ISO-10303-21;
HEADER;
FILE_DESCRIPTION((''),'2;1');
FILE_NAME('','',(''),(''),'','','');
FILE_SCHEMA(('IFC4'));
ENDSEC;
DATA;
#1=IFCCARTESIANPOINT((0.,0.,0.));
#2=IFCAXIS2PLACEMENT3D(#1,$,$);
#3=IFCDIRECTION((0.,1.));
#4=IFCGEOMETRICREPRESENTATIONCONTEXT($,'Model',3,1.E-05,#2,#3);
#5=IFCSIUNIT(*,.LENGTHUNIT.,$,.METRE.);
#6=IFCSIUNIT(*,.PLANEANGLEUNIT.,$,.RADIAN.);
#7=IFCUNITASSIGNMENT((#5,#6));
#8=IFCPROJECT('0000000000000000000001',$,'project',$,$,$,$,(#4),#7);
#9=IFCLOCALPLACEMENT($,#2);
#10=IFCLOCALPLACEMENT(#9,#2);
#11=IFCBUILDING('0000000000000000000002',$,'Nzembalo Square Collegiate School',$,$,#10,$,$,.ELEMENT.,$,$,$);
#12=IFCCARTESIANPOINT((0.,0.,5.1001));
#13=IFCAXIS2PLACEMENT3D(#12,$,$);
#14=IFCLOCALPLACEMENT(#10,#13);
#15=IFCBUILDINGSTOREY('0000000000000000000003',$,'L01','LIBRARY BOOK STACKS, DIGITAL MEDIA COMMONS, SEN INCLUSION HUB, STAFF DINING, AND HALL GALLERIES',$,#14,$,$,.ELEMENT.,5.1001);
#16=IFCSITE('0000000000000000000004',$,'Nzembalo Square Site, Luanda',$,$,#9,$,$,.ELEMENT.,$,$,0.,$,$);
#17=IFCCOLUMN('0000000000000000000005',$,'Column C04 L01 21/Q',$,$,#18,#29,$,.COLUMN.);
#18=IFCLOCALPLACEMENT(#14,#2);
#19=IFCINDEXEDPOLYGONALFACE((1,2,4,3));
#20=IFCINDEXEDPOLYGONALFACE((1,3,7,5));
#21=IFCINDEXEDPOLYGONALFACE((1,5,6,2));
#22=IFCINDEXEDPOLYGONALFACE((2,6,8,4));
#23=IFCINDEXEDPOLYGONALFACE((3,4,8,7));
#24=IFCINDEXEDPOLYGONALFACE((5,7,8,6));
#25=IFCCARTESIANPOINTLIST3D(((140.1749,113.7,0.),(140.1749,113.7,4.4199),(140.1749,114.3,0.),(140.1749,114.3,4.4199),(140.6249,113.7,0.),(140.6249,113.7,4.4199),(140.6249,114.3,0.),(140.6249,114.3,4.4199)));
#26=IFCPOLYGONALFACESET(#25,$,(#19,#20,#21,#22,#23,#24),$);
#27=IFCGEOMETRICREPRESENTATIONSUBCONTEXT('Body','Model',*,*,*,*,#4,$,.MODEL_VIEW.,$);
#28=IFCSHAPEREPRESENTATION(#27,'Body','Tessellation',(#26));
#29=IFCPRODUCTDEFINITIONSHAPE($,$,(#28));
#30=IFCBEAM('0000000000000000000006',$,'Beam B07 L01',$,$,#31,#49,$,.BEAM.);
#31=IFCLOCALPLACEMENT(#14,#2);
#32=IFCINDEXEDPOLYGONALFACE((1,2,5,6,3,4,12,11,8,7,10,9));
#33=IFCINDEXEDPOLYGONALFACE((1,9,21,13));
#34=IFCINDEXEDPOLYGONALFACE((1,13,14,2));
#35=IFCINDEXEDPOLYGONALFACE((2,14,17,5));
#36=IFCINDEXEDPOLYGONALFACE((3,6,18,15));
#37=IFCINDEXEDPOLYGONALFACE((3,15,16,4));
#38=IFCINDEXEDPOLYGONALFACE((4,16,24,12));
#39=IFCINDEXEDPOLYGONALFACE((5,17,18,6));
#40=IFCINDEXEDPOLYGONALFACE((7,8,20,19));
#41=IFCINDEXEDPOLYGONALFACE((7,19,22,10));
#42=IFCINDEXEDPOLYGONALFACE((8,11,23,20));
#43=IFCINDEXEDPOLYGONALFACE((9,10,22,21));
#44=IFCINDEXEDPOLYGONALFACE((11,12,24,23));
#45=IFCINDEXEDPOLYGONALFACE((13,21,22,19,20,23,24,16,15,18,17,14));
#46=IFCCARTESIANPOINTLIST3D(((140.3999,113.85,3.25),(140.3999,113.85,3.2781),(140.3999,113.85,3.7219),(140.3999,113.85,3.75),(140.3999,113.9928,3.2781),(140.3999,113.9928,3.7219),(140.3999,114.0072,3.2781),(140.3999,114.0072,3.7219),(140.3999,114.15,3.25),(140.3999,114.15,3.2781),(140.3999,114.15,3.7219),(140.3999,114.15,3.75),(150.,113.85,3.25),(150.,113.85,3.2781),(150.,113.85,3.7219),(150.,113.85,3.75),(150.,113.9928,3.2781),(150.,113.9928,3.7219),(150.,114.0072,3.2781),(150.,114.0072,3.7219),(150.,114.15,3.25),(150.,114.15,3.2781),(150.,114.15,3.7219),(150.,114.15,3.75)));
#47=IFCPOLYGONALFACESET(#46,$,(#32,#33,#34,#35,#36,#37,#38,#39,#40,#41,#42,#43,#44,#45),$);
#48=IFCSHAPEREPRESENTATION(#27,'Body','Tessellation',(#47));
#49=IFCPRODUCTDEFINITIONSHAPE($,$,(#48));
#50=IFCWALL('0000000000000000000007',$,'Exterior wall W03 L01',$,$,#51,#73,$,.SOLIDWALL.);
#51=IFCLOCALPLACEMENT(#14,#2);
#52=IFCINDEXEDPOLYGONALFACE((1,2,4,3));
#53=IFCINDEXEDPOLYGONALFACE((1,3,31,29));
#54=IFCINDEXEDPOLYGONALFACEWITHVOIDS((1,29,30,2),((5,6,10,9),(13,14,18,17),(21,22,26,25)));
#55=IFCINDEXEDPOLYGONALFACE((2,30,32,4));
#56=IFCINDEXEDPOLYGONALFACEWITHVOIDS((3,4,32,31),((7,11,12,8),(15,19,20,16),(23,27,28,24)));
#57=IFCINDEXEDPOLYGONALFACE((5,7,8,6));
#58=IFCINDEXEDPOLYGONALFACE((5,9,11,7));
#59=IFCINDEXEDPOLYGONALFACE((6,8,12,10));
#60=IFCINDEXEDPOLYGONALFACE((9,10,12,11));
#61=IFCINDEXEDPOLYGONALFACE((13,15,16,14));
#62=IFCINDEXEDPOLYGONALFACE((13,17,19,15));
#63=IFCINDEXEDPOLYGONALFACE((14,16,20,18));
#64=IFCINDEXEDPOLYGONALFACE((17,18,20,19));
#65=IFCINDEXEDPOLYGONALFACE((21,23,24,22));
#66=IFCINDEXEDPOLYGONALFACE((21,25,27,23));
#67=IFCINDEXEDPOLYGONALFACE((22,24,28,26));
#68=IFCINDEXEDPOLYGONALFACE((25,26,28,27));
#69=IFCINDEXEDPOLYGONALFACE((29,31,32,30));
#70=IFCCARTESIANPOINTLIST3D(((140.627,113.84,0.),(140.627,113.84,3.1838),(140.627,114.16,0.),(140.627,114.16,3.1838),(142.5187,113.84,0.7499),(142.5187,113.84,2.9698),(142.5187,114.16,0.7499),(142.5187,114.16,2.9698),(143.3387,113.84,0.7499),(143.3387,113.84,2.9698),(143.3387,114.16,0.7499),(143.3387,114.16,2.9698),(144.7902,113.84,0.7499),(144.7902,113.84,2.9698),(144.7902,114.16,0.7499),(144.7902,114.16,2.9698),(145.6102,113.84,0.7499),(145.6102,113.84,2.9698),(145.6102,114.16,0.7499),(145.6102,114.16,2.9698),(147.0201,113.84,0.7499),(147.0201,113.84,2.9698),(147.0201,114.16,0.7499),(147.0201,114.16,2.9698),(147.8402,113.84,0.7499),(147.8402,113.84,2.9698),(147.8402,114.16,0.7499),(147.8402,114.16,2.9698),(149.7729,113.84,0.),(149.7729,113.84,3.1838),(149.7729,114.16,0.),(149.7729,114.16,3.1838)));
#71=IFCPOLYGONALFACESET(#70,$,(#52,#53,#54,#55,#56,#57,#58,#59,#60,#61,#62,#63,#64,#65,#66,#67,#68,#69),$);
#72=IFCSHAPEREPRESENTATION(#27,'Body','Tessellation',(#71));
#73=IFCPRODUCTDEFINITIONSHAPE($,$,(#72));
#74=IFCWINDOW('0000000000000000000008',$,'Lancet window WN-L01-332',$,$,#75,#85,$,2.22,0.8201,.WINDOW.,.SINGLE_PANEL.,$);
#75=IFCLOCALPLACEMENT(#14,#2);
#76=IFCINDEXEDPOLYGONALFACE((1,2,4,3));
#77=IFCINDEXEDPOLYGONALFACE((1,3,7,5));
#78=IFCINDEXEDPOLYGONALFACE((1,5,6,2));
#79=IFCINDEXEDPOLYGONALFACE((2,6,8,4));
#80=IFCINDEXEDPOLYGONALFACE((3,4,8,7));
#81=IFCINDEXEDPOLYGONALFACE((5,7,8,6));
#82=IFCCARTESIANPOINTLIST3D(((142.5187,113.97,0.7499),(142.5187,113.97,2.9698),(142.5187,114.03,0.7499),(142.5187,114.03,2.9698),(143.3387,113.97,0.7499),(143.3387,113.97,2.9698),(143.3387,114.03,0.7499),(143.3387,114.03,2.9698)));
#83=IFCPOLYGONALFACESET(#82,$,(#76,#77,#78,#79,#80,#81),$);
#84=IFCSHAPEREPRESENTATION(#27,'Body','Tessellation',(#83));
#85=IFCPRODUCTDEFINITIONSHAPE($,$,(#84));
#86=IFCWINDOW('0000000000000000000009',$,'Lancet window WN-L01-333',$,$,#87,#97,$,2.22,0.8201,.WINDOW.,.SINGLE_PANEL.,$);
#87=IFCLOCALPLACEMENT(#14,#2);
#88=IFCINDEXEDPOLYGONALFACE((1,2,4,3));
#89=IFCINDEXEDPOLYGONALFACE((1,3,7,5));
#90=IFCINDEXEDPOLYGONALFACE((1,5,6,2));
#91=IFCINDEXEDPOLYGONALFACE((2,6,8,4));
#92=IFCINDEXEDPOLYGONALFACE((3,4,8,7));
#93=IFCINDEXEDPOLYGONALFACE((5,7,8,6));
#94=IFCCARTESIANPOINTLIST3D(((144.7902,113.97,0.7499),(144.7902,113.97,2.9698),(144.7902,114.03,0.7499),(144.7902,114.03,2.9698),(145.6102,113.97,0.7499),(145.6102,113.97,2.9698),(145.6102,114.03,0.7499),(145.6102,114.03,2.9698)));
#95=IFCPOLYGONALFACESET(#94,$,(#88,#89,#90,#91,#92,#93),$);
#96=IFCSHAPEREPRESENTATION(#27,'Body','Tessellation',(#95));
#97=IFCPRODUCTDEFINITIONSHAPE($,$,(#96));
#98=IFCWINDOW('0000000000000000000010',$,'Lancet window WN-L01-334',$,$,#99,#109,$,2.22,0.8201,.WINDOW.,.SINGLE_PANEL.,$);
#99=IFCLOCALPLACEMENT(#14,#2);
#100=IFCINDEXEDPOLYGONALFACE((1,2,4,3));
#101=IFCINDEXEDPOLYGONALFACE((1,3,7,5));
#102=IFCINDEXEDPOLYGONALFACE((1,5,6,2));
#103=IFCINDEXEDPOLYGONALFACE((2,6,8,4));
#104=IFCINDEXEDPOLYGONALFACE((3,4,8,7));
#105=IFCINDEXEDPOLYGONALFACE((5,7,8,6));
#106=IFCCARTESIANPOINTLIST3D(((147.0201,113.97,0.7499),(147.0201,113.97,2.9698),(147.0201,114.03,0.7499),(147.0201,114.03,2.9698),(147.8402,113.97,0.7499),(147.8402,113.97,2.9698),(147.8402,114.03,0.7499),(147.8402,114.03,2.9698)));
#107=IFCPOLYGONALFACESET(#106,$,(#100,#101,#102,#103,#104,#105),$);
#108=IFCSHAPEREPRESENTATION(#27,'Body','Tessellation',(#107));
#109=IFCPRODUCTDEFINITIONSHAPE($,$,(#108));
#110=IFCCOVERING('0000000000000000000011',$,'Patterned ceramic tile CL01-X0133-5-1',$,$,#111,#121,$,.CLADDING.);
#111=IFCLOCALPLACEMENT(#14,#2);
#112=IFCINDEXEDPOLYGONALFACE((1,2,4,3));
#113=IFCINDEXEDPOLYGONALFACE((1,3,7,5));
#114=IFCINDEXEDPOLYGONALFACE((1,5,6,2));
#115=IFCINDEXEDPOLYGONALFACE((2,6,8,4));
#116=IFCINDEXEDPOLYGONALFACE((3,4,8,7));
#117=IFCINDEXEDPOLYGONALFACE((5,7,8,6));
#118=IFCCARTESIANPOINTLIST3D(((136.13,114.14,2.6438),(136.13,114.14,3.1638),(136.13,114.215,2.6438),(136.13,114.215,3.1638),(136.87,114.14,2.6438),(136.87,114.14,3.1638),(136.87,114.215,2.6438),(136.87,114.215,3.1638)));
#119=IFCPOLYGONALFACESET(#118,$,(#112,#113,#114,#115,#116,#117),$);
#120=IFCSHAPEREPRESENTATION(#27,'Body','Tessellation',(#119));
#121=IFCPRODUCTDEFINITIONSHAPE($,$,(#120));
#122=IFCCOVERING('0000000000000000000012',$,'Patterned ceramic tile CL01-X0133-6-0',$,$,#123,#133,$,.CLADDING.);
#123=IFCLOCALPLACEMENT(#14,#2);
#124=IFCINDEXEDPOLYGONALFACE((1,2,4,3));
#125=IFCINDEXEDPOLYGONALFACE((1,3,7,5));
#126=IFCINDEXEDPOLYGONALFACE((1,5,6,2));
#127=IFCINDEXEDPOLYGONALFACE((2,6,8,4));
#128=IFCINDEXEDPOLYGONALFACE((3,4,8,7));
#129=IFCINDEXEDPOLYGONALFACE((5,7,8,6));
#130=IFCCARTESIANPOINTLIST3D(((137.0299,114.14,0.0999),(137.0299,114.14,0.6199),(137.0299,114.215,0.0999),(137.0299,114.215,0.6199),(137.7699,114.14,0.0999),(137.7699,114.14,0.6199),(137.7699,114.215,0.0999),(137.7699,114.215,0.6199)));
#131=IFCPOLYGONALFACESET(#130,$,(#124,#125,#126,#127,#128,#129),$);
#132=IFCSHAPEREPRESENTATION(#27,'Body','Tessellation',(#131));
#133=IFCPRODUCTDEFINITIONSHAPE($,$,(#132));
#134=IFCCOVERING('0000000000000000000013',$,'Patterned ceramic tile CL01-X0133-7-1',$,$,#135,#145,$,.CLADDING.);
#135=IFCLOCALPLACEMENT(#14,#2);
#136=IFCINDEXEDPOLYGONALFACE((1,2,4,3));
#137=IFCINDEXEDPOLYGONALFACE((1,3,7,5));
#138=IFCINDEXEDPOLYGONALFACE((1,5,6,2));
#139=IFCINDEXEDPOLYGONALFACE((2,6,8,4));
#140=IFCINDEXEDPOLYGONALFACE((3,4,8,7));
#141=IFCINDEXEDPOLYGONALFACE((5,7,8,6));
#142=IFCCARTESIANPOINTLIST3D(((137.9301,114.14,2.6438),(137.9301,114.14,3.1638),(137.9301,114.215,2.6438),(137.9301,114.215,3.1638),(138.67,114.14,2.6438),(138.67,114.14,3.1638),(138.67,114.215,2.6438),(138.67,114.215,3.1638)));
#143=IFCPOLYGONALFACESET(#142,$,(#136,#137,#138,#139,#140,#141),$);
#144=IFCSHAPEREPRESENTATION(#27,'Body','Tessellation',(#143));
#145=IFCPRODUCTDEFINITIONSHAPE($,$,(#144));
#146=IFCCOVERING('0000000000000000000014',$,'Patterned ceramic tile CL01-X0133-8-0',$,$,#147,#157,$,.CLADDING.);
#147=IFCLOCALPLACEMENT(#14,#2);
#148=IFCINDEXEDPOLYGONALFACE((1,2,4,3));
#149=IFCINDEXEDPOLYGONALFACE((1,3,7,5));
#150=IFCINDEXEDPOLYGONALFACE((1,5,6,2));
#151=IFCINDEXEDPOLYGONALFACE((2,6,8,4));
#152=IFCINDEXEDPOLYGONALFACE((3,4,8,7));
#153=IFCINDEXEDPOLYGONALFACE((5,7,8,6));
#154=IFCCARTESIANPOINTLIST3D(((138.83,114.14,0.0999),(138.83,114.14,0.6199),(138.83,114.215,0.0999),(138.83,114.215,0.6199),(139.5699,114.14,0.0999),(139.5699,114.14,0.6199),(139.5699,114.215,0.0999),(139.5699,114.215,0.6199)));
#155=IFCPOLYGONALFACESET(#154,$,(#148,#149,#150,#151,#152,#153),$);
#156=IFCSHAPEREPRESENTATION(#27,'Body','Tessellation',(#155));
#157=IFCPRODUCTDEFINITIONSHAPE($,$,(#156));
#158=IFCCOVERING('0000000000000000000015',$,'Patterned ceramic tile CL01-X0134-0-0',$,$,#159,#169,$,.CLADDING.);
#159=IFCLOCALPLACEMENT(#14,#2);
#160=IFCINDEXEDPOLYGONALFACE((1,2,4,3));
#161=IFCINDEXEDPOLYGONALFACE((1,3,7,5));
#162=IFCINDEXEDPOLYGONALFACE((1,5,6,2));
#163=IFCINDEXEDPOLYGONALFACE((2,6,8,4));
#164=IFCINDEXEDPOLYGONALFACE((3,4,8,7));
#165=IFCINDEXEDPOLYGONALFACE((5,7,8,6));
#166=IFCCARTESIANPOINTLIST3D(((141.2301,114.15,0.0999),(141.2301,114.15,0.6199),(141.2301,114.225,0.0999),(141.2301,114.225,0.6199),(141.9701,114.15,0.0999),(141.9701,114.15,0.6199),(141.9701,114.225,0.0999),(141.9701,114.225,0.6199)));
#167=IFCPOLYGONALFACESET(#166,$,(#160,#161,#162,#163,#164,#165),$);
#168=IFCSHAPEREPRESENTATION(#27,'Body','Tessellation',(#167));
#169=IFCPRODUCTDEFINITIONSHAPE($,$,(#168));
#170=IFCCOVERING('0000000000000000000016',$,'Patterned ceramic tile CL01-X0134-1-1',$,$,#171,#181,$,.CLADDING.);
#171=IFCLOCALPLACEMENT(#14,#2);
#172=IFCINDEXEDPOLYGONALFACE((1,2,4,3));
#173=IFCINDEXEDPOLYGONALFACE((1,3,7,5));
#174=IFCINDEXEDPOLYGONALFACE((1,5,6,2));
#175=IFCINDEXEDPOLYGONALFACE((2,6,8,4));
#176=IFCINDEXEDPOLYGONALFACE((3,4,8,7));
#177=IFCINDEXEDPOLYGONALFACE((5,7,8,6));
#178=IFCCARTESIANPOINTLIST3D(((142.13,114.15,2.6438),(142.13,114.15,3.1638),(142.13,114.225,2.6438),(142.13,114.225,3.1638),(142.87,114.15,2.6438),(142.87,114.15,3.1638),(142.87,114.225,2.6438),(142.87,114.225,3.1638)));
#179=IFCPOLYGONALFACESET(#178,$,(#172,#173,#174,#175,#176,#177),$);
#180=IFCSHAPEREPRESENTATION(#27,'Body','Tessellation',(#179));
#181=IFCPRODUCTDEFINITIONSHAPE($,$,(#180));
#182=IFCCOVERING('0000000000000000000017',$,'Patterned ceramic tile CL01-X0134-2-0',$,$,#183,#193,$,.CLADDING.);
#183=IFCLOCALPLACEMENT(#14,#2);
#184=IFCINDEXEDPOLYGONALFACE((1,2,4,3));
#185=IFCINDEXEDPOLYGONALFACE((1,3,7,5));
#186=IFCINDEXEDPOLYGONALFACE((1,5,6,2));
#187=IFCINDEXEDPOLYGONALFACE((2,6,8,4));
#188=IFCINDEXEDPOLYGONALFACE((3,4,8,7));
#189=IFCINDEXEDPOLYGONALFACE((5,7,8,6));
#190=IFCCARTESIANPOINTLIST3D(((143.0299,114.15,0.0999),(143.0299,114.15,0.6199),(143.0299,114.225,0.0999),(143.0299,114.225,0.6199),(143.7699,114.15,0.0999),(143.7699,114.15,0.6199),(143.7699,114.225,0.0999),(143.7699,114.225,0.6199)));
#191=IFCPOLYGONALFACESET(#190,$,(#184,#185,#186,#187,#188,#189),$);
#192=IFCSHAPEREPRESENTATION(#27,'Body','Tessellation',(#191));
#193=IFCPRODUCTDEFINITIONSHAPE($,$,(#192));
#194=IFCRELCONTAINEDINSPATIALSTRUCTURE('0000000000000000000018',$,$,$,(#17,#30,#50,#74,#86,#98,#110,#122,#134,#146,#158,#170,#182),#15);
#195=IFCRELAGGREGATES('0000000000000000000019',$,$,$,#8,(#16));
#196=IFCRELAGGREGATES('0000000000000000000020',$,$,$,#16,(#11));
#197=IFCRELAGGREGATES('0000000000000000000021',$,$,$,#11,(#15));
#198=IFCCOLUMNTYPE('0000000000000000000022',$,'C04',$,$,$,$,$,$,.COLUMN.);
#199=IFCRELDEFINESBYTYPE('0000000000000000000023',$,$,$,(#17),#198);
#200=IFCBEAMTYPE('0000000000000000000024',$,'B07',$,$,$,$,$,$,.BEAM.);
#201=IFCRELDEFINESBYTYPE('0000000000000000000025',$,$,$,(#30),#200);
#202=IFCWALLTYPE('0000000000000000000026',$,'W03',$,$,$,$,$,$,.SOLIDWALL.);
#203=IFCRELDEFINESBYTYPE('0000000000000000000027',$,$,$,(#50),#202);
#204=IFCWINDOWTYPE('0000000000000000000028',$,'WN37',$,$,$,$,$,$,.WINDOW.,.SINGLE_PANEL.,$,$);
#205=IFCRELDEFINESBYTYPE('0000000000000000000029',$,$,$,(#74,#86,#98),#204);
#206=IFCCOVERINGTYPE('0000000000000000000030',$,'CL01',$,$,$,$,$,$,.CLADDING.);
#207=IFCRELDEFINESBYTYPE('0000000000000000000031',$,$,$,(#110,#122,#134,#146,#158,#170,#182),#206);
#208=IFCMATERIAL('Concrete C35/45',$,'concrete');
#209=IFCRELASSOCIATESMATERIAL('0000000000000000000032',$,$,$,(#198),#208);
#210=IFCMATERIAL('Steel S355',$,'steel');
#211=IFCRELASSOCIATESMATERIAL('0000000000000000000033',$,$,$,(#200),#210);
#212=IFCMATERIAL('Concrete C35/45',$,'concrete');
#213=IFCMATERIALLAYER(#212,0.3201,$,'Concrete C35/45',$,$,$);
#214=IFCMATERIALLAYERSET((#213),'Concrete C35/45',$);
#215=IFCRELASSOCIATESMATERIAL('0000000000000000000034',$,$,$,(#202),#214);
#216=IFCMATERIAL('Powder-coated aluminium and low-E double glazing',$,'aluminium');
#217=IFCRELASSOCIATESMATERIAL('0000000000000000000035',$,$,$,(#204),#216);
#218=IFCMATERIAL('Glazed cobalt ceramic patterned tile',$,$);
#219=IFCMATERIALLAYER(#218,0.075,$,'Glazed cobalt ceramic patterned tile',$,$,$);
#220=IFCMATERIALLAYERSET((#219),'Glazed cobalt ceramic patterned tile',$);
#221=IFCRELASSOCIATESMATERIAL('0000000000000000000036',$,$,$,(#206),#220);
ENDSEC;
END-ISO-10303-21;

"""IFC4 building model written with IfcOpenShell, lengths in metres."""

from ifc_helpers import new_model, si_unit, direction, frame, frame_2d, origin, origin_2d, place, context, subcontext, project, spatial, rectangle, i_section, extrude, material, layer, layer_set, material_profile, profile_set, type_object, element, fill, save


model = new_model("IFC4")

# Units and contexts
model_context = context("Model", 3, precision=1e-05, world=origin(), true_north=direction((0.0, 1.0)))
body_context = subcontext(model_context, "Body", "Model", "MODEL_VIEW")
ifc_project = project(units=[si_unit("LENGTHUNIT", "METRE"), si_unit("PLANEANGLEUNIT", "RADIAN")], contexts=[model_context])

# Site, building, storey
site_placement = place(None, origin())
site = spatial("IfcSite", under=ifc_project, at=site_placement, Name="Nzembalo Square Site, Luanda", CompositionType="ELEMENT", RefElevation=0.0)
building_placement = place(site_placement, origin())
building = spatial("IfcBuilding", under=site, at=building_placement, Name="Nzembalo Square Collegiate School", CompositionType="ELEMENT")
storey_placement = place(building_placement, frame((0.0, 0.0, 5.1001)))
storey = spatial("IfcBuildingStorey", under=building, at=storey_placement, Name="L01", Description="LIBRARY BOOK STACKS, DIGITAL MEDIA COMMONS, SEN INCLUSION HUB, STAFF DINING, AND HALL GALLERIES", CompositionType="ELEMENT", Elevation=5.1001)

# Column
ifc_material_1 = material(Name="Concrete C35/45", Category="concrete")
ifc_material_profile_1 = material_profile(ifc_material_1, rectangle(XDim=0.45, YDim=0.6001, at=origin_2d()), Name="RC 450x600")
ifc_profile_set_1 = profile_set([ifc_material_profile_1], Name="Concrete C35/45")
column_type = type_object("IfcColumnType", Name="C04", PredefinedType="COLUMN", material=ifc_profile_set_1)
column_placement = place(storey_placement, frame((140.3999, 114.0, 0.0), z_axis=(0.0, 0.0, 1.0), x_axis=(1.0, 0.0, 0.0)))
element("IfcColumn", 1, at=column_placement, inside=storey, type_object=column_type, Name="Column C04 L01 21/Q", PredefinedType="COLUMN", context=body_context, shape_type="SweptSolid", body=[
    extrude(rectangle(XDim=0.45, YDim=0.6001, at=origin_2d()), origin(), (0.0, 0.0, 1.0), 4.4199),
])

# Beam
ifc_material_2 = material(Name="Steel S355", Category="steel")
ifc_material_profile_2 = material_profile(ifc_material_2, i_section(OverallWidth=0.3, OverallDepth=0.5, WebThickness=0.0144, FlangeThickness=0.0281, at=origin_2d()), Name="HEB 500")
ifc_profile_set_2 = profile_set([ifc_material_profile_2], Name="Steel S355")
beam_type = type_object("IfcBeamType", Name="B07", PredefinedType="BEAM", material=ifc_profile_set_2)
beam_placement = place(storey_placement, frame((140.3999, 114.0, 3.5), z_axis=(1.0, 0.0, 0.0), x_axis=(0.0, 1.0, 0.0)))
element("IfcBeam", 2, at=beam_placement, inside=storey, type_object=beam_type, Name="Beam B07 L01", PredefinedType="BEAM", context=body_context, shape_type="SweptSolid", body=[
    extrude(i_section(OverallWidth=0.3, OverallDepth=0.5, WebThickness=0.0144, FlangeThickness=0.0281, at=origin_2d()), origin(), (0.0, 0.0, 1.0), 9.6001),
])

# Wall, openings, windows
ifc_material_3 = material(Name="Concrete C35/45", Category="concrete")
ifc_layer_1 = layer(ifc_material_3, 0.3201, Name="Concrete C35/45")
ifc_layer_set_1 = layer_set([ifc_layer_1], Name="Concrete C35/45")
wall_type = type_object("IfcWallType", Name="W03", PredefinedType="SOLIDWALL", material=ifc_layer_set_1)
wall_placement = place(storey_placement, frame((140.627, 114.0, 0.0), z_axis=(0.0, 0.0, 1.0), x_axis=(1.0, 0.0, 0.0)))
wall = element("IfcWall", 3, at=wall_placement, inside=storey, type_object=wall_type, Name="Exterior wall W03 L01", PredefinedType="SOLIDWALL", context=body_context, shape_type="SweptSolid", body=[
    extrude(rectangle(XDim=9.146, YDim=0.3201, at=frame_2d((4.573, 0.0))), origin(), (0.0, 0.0, 1.0), 3.1838),
])
opening_1_placement = place(wall_placement, frame((1.8916, 0.0, 0.75)))
opening_1 = element("IfcOpeningElement", 4, at=opening_1_placement, cuts=wall, PredefinedType="OPENING", context=body_context, shape_type="SweptSolid", body=[
    extrude(rectangle(XDim=0.8201, YDim=2.22, at=frame_2d((0.4102, 1.1099))), frame((0.0, 0.1699, 0.0), z_axis=(0.0, -1.0, 0.0), x_axis=(1.0, 0.0, 0.0)), (0.0, 0.0, 1.0), 0.3401),
])
opening_2_placement = place(wall_placement, frame((4.1631, 0.0, 0.75)))
opening_2 = element("IfcOpeningElement", 5, at=opening_2_placement, cuts=wall, PredefinedType="OPENING", context=body_context, shape_type="SweptSolid", body=[
    extrude(rectangle(XDim=0.8201, YDim=2.22, at=frame_2d((0.4102, 1.1099))), frame((0.0, 0.1699, 0.0), z_axis=(0.0, -1.0, 0.0), x_axis=(1.0, 0.0, 0.0)), (0.0, 0.0, 1.0), 0.3401),
])
opening_3_placement = place(wall_placement, frame((6.3931, 0.0, 0.75)))
opening_3 = element("IfcOpeningElement", 6, at=opening_3_placement, cuts=wall, PredefinedType="OPENING", context=body_context, shape_type="SweptSolid", body=[
    extrude(rectangle(XDim=0.8201, YDim=2.22, at=frame_2d((0.4102, 1.1099))), frame((0.0, 0.1699, 0.0), z_axis=(0.0, -1.0, 0.0), x_axis=(1.0, 0.0, 0.0)), (0.0, 0.0, 1.0), 0.3401),
])
ifc_material_4 = material(Name="Powder-coated aluminium and low-E double glazing", Category="aluminium")
window_type = type_object("IfcWindowType", Name="WN37", PartitioningType="SINGLE_PANEL", PredefinedType="WINDOW", material=ifc_material_4)
window_1_placement = place(opening_1_placement, origin())
window_1 = element("IfcWindow", 7, at=window_1_placement, inside=storey, type_object=window_type, Name="Lancet window WN-L01-332", OverallHeight=2.22, OverallWidth=0.8201, PartitioningType="SINGLE_PANEL", PredefinedType="WINDOW", context=body_context, shape_type="SweptSolid", body=[
    extrude(rectangle(XDim=0.8201, YDim=2.22, at=frame_2d((0.4102, 1.1099))), frame((0.0, 0.03, 0.0), z_axis=(0.0, -1.0, 0.0), x_axis=(1.0, 0.0, 0.0)), (0.0, 0.0, 1.0), 0.0601),
])
fill(opening_1, window_1)
window_2_placement = place(opening_2_placement, origin())
window_2 = element("IfcWindow", 8, at=window_2_placement, inside=storey, type_object=window_type, Name="Lancet window WN-L01-333", OverallHeight=2.22, OverallWidth=0.8201, PartitioningType="SINGLE_PANEL", PredefinedType="WINDOW", context=body_context, shape_type="SweptSolid", body=[
    extrude(rectangle(XDim=0.8201, YDim=2.22, at=frame_2d((0.4102, 1.1099))), frame((0.0, 0.03, 0.0), z_axis=(0.0, -1.0, 0.0), x_axis=(1.0, 0.0, 0.0)), (0.0, 0.0, 1.0), 0.0601),
])
fill(opening_2, window_2)
window_3_placement = place(opening_3_placement, origin())
window_3 = element("IfcWindow", 9, at=window_3_placement, inside=storey, type_object=window_type, Name="Lancet window WN-L01-334", OverallHeight=2.22, OverallWidth=0.8201, PartitioningType="SINGLE_PANEL", PredefinedType="WINDOW", context=body_context, shape_type="SweptSolid", body=[
    extrude(rectangle(XDim=0.8201, YDim=2.22, at=frame_2d((0.4102, 1.1099))), frame((0.0, 0.03, 0.0), z_axis=(0.0, -1.0, 0.0), x_axis=(1.0, 0.0, 0.0)), (0.0, 0.0, 1.0), 0.0601),
])
fill(opening_3, window_3)

# Coverings
ifc_material_5 = material(Name="Glazed cobalt ceramic patterned tile")
ifc_layer_2 = layer(ifc_material_5, 0.075, Name="Glazed cobalt ceramic patterned tile")
ifc_layer_set_2 = layer_set([ifc_layer_2], Name="Glazed cobalt ceramic patterned tile")
covering_type_1 = type_object("IfcCoveringType", Name="CL01", PredefinedType="CLADDING", material=ifc_layer_set_2)
for number, where, z_axis, x_axis, name in (
    (10, (136.5, 114.1775, 2.6438), (0.0, 0.0, 1.0), (1.0, 0.0, 0.0), "Patterned ceramic tile CL01-X0133-5-1"),
    (11, (137.3999, 114.1775, 0.0999), (0.0, 0.0, 1.0), (1.0, 0.0, 0.0), "Patterned ceramic tile CL01-X0133-6-0"),
    (12, (138.3, 114.1775, 2.6438), (0.0, 0.0, 1.0), (1.0, 0.0, 0.0), "Patterned ceramic tile CL01-X0133-7-1"),
    (13, (139.2, 114.1775, 0.0999), (0.0, 0.0, 1.0), (1.0, 0.0, 0.0), "Patterned ceramic tile CL01-X0133-8-0"),
    (14, (141.6001, 114.1875, 0.0999), (0.0, 0.0, 1.0), (1.0, 0.0, 0.0), "Patterned ceramic tile CL01-X0134-0-0"),
    (15, (142.5, 114.1875, 2.6438), (0.0, 0.0, 1.0), (1.0, 0.0, 0.0), "Patterned ceramic tile CL01-X0134-1-1"),
    (16, (143.3999, 114.1875, 0.0999), (0.0, 0.0, 1.0), (1.0, 0.0, 0.0), "Patterned ceramic tile CL01-X0134-2-0"),
):
    element("IfcCovering", number, at=place(storey_placement, frame(where, z_axis=z_axis, x_axis=x_axis)), inside=storey, type_object=covering_type_1, Name=name, PredefinedType="CLADDING", context=body_context, shape_type="SweptSolid", body=[
        extrude(rectangle(XDim=0.74, YDim=0.075, at=origin_2d()), origin(), (0.0, 0.0, 1.0), 0.52),
    ])

save(model, "model.ifc")
